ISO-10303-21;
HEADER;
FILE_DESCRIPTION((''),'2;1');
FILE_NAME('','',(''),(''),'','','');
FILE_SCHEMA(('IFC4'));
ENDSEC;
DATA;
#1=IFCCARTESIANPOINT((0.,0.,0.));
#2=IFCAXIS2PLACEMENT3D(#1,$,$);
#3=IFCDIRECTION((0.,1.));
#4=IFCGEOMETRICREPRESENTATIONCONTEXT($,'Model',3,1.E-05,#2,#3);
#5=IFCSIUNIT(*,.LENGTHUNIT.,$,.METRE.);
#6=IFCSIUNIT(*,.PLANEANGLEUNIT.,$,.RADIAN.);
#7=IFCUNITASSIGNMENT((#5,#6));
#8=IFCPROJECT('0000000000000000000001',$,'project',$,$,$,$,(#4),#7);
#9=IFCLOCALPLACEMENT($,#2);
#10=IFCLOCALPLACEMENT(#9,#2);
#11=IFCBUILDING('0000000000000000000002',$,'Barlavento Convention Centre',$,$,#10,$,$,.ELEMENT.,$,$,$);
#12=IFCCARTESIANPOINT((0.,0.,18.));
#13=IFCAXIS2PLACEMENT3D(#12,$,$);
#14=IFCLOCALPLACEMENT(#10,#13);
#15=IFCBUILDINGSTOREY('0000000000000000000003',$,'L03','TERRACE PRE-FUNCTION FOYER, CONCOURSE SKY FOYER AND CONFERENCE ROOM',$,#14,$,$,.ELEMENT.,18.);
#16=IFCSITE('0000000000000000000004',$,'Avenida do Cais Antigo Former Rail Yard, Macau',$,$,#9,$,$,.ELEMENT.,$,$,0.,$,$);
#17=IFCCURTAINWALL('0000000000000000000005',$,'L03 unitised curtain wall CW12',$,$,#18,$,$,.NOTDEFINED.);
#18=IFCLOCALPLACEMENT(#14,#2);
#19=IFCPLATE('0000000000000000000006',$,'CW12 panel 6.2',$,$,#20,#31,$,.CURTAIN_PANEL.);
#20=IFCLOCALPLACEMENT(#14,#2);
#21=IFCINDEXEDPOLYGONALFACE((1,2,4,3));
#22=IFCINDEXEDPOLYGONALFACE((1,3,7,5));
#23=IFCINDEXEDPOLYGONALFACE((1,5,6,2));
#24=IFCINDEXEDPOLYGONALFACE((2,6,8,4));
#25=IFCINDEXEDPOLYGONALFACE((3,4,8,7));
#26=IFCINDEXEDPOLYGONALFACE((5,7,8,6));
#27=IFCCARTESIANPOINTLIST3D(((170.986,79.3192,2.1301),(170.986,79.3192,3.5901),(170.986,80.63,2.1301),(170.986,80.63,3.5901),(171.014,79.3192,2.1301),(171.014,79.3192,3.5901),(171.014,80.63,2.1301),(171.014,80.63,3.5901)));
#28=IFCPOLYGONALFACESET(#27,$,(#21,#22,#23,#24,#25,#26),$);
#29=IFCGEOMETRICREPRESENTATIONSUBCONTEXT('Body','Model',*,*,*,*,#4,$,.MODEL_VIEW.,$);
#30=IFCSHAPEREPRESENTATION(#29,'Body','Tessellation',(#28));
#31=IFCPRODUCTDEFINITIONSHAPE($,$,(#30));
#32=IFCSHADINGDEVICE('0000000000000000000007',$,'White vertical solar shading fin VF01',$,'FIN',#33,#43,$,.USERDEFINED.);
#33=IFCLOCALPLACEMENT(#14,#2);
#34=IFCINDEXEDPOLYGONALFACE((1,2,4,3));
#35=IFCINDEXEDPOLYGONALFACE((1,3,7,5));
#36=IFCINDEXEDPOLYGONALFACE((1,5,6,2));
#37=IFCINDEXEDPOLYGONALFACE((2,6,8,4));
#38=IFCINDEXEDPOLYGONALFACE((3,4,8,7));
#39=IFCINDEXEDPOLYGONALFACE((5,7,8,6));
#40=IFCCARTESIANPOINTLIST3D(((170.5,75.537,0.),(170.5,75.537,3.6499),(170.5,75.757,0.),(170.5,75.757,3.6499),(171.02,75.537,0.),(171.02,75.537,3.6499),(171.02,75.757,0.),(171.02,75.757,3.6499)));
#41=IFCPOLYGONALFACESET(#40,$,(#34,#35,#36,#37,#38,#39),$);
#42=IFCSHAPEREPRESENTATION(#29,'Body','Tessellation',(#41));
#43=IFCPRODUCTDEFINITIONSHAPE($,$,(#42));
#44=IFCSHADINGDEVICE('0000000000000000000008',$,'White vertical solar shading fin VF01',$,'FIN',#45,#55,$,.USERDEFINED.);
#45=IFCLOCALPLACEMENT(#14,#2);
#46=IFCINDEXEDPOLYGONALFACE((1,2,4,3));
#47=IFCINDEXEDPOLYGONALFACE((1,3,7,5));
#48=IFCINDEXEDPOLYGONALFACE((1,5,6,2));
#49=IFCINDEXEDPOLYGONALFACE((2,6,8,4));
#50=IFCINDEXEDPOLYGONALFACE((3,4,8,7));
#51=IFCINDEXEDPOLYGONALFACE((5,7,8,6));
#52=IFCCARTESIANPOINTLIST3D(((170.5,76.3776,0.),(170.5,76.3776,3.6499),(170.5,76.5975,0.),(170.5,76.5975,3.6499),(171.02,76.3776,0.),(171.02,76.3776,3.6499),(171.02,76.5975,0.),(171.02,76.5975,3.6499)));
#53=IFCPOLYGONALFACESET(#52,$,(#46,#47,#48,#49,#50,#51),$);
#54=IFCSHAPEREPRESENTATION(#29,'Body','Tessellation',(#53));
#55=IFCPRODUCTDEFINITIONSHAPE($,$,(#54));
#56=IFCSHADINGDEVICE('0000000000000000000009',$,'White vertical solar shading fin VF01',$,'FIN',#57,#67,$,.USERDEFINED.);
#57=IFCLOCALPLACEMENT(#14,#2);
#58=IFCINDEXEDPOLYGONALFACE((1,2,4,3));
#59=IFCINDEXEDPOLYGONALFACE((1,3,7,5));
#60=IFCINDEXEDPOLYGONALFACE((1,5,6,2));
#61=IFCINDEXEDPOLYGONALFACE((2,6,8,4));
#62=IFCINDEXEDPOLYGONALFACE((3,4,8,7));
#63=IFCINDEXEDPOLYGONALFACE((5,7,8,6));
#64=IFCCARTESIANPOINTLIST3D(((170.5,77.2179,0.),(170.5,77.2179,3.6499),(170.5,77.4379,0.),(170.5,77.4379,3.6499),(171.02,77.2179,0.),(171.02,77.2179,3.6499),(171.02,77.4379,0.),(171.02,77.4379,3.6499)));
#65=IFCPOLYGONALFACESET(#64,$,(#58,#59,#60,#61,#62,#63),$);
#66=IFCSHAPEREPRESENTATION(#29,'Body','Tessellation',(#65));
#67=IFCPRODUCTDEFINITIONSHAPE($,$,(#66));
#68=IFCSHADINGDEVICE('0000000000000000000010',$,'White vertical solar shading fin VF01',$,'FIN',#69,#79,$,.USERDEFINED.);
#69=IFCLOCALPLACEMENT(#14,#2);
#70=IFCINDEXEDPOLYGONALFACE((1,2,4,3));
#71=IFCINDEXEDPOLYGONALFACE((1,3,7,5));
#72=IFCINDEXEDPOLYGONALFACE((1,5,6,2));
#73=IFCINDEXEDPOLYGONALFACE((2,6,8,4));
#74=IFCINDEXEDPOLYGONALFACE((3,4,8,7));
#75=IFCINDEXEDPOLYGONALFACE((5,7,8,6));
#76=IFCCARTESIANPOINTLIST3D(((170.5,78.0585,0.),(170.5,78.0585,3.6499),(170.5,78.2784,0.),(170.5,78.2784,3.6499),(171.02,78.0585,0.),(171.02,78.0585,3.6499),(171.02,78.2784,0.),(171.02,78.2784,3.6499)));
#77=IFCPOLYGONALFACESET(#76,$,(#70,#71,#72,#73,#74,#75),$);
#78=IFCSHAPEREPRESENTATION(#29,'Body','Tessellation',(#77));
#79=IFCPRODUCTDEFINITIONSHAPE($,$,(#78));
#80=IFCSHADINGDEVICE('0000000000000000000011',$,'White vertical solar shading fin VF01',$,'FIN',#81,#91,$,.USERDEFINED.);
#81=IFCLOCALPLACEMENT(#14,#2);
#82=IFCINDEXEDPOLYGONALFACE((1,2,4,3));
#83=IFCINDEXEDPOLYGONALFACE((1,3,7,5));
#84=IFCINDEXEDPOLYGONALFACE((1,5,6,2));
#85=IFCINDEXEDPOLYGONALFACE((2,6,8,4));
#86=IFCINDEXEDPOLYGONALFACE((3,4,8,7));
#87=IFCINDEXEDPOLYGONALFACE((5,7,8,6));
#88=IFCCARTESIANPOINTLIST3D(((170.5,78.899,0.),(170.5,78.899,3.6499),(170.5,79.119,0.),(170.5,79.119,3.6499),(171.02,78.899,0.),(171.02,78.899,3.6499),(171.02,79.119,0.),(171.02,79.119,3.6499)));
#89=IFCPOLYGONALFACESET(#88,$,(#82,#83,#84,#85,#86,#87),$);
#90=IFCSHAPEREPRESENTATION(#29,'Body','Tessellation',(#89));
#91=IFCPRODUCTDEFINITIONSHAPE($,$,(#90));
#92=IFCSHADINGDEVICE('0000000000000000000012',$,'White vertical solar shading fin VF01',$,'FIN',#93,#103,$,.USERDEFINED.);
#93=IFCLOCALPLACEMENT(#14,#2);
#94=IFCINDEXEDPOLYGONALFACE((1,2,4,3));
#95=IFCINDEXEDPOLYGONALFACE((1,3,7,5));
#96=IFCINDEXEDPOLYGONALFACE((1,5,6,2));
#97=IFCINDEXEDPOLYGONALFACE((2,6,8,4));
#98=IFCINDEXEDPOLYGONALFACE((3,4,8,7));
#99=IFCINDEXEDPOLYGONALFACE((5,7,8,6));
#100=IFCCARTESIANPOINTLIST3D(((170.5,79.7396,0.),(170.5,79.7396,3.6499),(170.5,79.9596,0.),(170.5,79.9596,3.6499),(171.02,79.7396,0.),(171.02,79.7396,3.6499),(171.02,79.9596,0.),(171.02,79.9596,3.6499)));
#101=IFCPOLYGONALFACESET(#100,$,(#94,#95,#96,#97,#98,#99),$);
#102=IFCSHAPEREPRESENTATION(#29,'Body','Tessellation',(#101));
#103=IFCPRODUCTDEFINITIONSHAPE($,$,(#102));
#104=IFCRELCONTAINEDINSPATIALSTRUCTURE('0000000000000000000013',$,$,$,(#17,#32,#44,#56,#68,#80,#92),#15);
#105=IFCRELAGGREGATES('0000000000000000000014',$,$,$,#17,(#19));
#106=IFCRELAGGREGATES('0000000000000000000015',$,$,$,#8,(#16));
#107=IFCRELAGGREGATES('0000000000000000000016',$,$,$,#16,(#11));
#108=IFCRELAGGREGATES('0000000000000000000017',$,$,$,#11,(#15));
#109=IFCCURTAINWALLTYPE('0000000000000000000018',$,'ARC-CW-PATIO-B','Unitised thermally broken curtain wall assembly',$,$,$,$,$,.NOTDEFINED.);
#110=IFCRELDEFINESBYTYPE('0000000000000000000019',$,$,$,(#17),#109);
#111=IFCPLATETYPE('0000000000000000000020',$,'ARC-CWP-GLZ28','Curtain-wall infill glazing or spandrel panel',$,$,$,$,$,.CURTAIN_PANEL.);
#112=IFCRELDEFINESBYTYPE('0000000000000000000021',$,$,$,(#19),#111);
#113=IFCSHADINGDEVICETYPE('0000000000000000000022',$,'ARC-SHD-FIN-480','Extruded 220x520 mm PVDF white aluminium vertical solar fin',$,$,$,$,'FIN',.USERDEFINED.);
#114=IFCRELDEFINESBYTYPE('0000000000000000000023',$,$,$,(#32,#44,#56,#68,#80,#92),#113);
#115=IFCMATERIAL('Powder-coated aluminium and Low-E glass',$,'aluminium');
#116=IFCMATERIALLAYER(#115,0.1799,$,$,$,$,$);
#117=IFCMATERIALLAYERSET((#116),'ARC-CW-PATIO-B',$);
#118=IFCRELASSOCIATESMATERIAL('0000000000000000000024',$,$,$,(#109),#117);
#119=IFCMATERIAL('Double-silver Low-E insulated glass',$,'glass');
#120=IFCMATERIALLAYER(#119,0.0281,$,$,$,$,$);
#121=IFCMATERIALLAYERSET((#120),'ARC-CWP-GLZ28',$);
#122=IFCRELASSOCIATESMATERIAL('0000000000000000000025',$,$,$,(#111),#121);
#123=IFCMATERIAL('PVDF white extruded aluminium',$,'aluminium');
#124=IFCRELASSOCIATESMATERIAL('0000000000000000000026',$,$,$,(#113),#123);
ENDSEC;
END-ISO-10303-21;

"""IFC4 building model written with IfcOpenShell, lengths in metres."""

from ifc_helpers import new_model, si_unit, direction, frame, origin, origin_2d, place, context, subcontext, project, spatial, rectangle, extrude, material, layer, layer_set, type_object, element, aggregate, save


model = new_model("IFC4")

# Units and contexts
model_context = context("Model", 3, precision=1e-05, world=origin(), true_north=direction((0.0, 1.0)))
body_context = subcontext(model_context, "Body", "Model", "MODEL_VIEW")
ifc_project = project(units=[si_unit("LENGTHUNIT", "METRE"), si_unit("PLANEANGLEUNIT", "RADIAN")], contexts=[model_context])

# Site, building, storey
site_placement = place(None, origin())
site = spatial("IfcSite", under=ifc_project, at=site_placement, Name="Avenida do Cais Antigo Former Rail Yard, Macau", CompositionType="ELEMENT", RefElevation=0.0)
building_placement = place(site_placement, origin())
building = spatial("IfcBuilding", under=site, at=building_placement, Name="Barlavento Convention Centre", CompositionType="ELEMENT")
storey_placement = place(building_placement, frame((0.0, 0.0, 18.0)))
storey = spatial("IfcBuildingStorey", under=building, at=storey_placement, Name="L03", Description="TERRACE PRE-FUNCTION FOYER, CONCOURSE SKY FOYER AND CONFERENCE ROOM", CompositionType="ELEMENT", Elevation=18.0)

# Curtain wall
ifc_material_1 = material(Name="Powder-coated aluminium and Low-E glass", Category="aluminium")
ifc_layer_1 = layer(ifc_material_1, 0.1799)
ifc_layer_set_1 = layer_set([ifc_layer_1], Name="ARC-CW-PATIO-B")
curtain_wall_type = type_object("IfcCurtainWallType", Name="ARC-CW-PATIO-B", Description="Unitised thermally broken curtain wall assembly", PredefinedType="NOTDEFINED", material=ifc_layer_set_1)
curtain_wall_placement = place(storey_placement, origin())
curtain_wall = element("IfcCurtainWall", 1, at=curtain_wall_placement, inside=storey, type_object=curtain_wall_type, Name="L03 unitised curtain wall CW12", PredefinedType="NOTDEFINED")

# Plate
ifc_material_2 = material(Name="Double-silver Low-E insulated glass", Category="glass")
ifc_layer_2 = layer(ifc_material_2, 0.0281)
ifc_layer_set_2 = layer_set([ifc_layer_2], Name="ARC-CWP-GLZ28")
plate_type = type_object("IfcPlateType", Name="ARC-CWP-GLZ28", Description="Curtain-wall infill glazing or spandrel panel", PredefinedType="CURTAIN_PANEL", material=ifc_layer_set_2)
plate_1_placement = place(storey_placement, frame((171.0, 79.9746, 2.1301), z_axis=(0.0, 0.0, 1.0), x_axis=(0.0, 1.0, 0.0)))
plate_1 = element("IfcPlate", 2, at=plate_1_placement, type_object=plate_type, Name="CW12 panel 6.2", PredefinedType="CURTAIN_PANEL", context=body_context, shape_type="SweptSolid", body=[
    extrude(rectangle(XDim=1.3108, YDim=0.0281, at=origin_2d()), origin(), (0.0, 0.0, 1.0), 1.46),
])
aggregate(curtain_wall, [plate_1])

# Shading devices
ifc_material_3 = material(Name="PVDF white extruded aluminium", Category="aluminium")
shading_device_type = type_object("IfcShadingDeviceType", Name="ARC-SHD-FIN-480", Description="Extruded 220x520 mm PVDF white aluminium vertical solar fin", ElementType="FIN", PredefinedType="USERDEFINED", material=ifc_material_3)
for number, where, z_axis, x_axis, name in (
    (3, (170.76, 75.647, 0.0), (0.0, 0.0, 1.0), (0.0, 1.0, 0.0), "White vertical solar shading fin VF01"),
    (4, (170.76, 76.4875, 0.0), (0.0, 0.0, 1.0), (0.0, 1.0, 0.0), "White vertical solar shading fin VF01"),
    (5, (170.76, 77.3279, 0.0), (0.0, 0.0, 1.0), (0.0, 1.0, 0.0), "White vertical solar shading fin VF01"),
    (6, (170.76, 78.1685, 0.0), (0.0, 0.0, 1.0), (0.0, 1.0, 0.0), "White vertical solar shading fin VF01"),
    (7, (170.76, 79.009, 0.0), (0.0, 0.0, 1.0), (0.0, 1.0, 0.0), "White vertical solar shading fin VF01"),
    (8, (170.76, 79.8496, 0.0), (0.0, 0.0, 1.0), (0.0, 1.0, 0.0), "White vertical solar shading fin VF01"),
):
    element("IfcShadingDevice", number, at=place(storey_placement, frame(where, z_axis=z_axis, x_axis=x_axis)), inside=storey, type_object=shading_device_type, Name=name, ObjectType="FIN", PredefinedType="USERDEFINED", context=body_context, shape_type="SweptSolid", body=[
        extrude(rectangle(XDim=0.22, YDim=0.52, at=origin_2d()), origin(), (0.0, 0.0, 1.0), 3.6499),
    ])

save(model, "model.ifc")
